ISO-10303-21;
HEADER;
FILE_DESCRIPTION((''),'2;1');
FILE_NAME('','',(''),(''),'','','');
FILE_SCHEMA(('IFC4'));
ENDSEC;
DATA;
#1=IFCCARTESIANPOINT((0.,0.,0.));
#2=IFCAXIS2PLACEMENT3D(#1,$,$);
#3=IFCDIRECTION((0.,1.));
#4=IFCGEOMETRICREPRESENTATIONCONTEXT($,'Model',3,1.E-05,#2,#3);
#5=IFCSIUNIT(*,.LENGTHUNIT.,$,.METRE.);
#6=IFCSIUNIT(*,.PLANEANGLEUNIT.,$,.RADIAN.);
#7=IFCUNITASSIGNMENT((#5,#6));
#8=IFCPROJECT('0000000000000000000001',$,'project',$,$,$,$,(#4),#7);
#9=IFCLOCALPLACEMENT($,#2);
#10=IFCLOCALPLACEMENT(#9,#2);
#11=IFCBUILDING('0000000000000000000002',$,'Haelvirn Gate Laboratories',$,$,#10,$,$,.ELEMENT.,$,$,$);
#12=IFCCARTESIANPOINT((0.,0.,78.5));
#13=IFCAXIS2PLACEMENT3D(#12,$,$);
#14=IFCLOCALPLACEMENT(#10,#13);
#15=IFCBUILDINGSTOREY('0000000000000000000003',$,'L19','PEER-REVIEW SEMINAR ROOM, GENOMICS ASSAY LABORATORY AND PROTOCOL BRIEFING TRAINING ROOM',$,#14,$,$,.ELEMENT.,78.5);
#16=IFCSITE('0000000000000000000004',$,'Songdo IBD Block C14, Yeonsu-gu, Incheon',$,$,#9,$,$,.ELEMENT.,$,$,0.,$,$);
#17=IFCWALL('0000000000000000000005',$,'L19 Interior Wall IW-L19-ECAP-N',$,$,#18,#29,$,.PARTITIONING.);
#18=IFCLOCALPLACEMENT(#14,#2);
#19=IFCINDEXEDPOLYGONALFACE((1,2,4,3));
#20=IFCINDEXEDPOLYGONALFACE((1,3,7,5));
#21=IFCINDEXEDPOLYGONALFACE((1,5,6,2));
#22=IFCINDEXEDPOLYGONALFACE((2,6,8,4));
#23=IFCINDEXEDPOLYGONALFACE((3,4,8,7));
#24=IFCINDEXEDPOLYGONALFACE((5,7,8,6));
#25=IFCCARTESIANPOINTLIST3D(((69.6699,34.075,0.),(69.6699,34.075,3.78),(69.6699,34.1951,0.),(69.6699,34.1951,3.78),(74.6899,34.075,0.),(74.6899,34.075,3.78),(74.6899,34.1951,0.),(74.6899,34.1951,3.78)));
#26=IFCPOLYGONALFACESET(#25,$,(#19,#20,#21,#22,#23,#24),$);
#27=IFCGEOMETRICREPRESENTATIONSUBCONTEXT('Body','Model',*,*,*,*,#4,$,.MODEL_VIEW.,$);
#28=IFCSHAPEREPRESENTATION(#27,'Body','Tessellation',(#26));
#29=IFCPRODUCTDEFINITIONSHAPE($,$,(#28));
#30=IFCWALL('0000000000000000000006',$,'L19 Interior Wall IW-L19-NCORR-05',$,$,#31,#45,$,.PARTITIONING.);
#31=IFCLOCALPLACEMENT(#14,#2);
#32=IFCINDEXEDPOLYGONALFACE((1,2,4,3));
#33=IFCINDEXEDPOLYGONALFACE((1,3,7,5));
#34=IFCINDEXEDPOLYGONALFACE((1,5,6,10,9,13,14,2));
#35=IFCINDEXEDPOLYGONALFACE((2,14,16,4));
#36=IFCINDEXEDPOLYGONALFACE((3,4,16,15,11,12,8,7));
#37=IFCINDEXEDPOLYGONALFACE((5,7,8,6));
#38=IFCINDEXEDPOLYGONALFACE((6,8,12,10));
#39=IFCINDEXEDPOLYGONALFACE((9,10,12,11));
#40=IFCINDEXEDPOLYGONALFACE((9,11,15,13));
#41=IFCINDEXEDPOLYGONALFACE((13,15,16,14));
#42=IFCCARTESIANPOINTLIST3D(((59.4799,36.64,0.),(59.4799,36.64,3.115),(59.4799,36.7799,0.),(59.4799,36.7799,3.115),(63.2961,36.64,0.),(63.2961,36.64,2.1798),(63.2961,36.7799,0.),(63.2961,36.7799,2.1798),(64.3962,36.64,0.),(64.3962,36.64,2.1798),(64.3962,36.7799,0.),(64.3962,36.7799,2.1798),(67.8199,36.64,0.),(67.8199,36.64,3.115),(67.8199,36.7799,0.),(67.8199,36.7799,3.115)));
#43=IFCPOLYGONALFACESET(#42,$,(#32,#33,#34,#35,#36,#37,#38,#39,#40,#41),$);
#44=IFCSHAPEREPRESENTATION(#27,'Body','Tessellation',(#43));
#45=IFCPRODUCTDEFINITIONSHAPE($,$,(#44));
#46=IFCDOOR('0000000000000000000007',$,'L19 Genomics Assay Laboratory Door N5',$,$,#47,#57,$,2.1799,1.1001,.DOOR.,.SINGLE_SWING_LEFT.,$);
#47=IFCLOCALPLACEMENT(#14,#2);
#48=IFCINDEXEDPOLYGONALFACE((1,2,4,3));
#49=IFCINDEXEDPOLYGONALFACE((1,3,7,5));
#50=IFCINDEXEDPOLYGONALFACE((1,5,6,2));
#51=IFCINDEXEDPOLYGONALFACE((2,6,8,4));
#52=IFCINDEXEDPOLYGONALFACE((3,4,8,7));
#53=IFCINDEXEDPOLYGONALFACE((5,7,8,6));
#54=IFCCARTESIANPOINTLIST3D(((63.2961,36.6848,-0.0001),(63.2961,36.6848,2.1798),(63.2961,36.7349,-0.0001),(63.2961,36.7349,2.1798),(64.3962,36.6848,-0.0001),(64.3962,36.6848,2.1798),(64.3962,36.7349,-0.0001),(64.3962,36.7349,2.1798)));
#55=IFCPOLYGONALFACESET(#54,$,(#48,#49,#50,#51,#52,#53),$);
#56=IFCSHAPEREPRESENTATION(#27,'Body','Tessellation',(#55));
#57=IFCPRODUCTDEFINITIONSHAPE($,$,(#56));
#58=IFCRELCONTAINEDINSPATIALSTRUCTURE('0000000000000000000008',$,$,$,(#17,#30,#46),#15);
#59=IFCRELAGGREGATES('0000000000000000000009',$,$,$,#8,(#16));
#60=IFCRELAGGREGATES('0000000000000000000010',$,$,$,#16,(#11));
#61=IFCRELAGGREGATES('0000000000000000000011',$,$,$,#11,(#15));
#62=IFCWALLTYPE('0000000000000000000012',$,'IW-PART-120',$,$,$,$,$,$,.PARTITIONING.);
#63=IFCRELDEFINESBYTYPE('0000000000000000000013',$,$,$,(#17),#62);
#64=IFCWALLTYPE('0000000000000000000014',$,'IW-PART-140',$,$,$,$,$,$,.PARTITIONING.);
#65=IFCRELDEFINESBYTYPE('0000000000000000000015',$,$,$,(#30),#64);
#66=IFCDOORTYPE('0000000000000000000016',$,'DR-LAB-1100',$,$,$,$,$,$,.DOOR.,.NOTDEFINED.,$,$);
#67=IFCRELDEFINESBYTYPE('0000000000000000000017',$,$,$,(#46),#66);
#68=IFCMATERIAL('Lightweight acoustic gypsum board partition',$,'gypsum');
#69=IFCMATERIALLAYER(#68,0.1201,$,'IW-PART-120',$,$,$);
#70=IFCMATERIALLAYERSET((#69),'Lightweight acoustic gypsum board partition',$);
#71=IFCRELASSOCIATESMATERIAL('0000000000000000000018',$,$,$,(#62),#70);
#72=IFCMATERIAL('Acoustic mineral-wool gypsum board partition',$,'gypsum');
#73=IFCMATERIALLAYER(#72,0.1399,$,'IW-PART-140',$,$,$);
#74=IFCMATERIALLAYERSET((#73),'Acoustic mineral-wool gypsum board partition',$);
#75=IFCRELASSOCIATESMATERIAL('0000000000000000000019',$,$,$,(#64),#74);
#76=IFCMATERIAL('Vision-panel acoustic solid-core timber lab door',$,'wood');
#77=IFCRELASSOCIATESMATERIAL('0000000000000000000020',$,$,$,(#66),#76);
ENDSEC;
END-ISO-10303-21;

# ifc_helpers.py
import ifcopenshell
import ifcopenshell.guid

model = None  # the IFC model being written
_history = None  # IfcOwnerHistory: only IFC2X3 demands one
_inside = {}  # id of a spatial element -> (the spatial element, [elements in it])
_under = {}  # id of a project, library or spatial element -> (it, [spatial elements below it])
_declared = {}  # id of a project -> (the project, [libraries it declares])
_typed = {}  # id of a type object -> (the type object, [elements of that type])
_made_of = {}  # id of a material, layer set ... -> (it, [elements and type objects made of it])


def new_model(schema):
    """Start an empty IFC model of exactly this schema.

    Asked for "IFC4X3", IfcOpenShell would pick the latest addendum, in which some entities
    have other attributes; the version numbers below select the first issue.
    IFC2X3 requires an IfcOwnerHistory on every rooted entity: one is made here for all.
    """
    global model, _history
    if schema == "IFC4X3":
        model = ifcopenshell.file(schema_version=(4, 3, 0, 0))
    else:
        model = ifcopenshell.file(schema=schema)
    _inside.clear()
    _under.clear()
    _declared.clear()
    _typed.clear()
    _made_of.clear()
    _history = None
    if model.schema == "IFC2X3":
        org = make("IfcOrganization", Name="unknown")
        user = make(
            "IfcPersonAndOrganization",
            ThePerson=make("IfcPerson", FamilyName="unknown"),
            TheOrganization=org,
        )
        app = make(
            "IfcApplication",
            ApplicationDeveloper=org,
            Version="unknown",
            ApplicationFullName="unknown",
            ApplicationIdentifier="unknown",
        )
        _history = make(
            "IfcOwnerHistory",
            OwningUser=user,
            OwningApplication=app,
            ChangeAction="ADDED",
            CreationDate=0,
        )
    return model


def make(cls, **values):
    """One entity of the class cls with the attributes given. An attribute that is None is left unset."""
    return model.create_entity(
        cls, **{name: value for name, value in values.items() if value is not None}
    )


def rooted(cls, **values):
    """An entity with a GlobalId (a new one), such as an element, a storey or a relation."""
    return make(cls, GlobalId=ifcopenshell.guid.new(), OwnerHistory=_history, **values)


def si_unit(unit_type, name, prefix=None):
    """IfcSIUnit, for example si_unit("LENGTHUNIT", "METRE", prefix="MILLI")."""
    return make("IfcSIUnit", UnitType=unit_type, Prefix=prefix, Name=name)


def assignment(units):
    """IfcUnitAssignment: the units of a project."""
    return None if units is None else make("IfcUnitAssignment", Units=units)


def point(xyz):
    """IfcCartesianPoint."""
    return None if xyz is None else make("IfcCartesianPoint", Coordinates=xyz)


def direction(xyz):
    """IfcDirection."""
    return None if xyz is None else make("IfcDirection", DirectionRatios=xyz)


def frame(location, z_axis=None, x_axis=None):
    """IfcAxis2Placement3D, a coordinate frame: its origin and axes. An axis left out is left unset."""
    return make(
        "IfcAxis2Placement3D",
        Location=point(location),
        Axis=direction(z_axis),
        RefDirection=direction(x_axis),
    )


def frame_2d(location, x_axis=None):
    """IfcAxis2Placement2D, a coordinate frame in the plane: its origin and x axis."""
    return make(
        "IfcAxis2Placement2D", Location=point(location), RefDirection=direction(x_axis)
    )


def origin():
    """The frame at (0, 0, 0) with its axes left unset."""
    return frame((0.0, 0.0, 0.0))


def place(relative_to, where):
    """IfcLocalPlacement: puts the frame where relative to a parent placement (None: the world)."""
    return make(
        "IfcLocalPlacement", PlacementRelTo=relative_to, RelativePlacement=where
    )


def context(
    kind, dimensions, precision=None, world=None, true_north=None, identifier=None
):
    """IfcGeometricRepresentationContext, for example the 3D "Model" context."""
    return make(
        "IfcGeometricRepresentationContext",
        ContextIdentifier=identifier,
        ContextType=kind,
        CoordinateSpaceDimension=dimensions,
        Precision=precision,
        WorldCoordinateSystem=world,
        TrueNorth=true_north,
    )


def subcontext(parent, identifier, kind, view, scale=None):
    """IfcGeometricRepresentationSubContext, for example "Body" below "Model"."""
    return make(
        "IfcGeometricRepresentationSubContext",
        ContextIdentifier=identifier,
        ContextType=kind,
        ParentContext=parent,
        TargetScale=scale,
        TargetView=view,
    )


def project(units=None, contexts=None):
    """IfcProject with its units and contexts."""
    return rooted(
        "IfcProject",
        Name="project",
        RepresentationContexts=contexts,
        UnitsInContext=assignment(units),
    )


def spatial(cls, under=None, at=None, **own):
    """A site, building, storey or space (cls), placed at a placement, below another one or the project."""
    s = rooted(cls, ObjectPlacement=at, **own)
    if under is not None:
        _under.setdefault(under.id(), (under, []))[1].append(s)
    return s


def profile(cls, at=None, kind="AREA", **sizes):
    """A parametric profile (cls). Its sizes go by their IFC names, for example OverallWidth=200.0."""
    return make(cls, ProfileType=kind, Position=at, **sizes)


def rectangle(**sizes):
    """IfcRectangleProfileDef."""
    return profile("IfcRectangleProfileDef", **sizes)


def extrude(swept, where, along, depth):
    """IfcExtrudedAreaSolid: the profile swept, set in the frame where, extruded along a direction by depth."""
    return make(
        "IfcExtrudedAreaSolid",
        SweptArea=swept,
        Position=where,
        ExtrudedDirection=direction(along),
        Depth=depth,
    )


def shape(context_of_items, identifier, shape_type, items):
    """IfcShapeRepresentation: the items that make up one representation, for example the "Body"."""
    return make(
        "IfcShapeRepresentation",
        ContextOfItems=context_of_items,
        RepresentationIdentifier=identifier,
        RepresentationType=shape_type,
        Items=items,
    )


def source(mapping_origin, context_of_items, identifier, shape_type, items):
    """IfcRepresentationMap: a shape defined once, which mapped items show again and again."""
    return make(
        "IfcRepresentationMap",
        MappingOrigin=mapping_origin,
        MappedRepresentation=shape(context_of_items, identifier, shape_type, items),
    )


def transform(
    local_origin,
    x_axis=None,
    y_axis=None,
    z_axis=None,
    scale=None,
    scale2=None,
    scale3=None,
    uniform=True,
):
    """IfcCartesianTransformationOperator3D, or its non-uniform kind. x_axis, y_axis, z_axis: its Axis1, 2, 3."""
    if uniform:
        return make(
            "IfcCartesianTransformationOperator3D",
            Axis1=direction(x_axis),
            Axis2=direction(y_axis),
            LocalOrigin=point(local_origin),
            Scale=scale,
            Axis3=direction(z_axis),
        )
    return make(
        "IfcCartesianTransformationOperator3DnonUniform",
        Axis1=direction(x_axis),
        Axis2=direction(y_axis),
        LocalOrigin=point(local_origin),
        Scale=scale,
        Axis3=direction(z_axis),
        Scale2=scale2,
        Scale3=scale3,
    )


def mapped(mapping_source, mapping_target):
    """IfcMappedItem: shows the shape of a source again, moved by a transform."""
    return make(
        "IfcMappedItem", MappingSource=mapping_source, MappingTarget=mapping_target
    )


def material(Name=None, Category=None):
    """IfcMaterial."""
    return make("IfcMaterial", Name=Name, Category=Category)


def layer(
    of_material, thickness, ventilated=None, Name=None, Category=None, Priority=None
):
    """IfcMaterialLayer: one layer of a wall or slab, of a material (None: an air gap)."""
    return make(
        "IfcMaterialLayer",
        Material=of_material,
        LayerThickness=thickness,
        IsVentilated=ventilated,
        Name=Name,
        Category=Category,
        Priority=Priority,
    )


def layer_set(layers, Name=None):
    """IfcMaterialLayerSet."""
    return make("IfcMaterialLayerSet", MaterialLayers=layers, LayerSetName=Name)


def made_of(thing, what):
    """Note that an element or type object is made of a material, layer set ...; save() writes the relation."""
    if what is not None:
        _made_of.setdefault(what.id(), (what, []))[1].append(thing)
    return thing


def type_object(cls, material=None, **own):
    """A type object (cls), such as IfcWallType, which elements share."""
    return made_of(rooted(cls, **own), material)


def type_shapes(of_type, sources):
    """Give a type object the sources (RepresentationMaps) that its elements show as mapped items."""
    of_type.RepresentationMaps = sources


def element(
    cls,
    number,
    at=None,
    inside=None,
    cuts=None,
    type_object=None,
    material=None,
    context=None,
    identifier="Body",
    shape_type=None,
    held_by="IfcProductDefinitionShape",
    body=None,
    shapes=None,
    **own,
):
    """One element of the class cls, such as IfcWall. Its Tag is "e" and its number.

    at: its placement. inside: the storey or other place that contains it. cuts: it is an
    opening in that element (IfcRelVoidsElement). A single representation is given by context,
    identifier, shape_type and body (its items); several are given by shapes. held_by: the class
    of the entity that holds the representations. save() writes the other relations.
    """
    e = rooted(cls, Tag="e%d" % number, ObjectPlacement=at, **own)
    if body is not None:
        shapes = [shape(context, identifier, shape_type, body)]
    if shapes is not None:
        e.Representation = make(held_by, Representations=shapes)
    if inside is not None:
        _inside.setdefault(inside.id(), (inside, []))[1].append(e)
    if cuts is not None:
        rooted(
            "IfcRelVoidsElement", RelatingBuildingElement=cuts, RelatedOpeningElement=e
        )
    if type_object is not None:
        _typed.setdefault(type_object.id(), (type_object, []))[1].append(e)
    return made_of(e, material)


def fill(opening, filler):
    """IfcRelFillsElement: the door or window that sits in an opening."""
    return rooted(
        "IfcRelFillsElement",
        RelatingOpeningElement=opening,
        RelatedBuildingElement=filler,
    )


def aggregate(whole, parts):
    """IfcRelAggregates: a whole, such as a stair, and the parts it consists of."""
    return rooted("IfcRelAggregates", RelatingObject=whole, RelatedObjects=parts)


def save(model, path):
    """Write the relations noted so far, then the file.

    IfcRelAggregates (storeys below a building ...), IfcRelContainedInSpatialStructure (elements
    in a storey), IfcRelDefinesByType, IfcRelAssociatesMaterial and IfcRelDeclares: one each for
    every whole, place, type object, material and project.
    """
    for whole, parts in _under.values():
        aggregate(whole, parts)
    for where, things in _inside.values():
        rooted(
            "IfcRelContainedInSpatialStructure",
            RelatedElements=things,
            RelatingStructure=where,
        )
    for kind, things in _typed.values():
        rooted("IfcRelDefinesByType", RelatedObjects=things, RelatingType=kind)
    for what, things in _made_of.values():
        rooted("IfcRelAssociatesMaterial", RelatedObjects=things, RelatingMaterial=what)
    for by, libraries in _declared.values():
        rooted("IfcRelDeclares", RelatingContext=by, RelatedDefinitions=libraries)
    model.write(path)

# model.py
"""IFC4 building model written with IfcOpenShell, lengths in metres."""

from ifc_helpers import new_model, si_unit, direction, frame, frame_2d, origin, place, context, subcontext, project, spatial, rectangle, extrude, source, transform, mapped, material, layer, layer_set, type_object, type_shapes, element, fill, save


model = new_model("IFC4")

# Units and contexts
model_context = context("Model", 3, precision=1e-05, world=origin(), true_north=direction((0.0, 1.0)))
body_context = subcontext(model_context, "Body", "Model", "MODEL_VIEW")
ifc_project = project(units=[si_unit("LENGTHUNIT", "METRE"), si_unit("PLANEANGLEUNIT", "RADIAN")], contexts=[model_context])

# Site, building, storey
site_placement = place(None, origin())
site = spatial("IfcSite", under=ifc_project, at=site_placement, Name="Songdo IBD Block C14, Yeonsu-gu, Incheon", CompositionType="ELEMENT", RefElevation=0.0)
building_placement = place(site_placement, origin())
building = spatial("IfcBuilding", under=site, at=building_placement, Name="Haelvirn Gate Laboratories", CompositionType="ELEMENT")
storey_placement = place(building_placement, frame((0.0, 0.0, 78.5)))
storey = spatial("IfcBuildingStorey", under=building, at=storey_placement, Name="L19", Description="PEER-REVIEW SEMINAR ROOM, GENOMICS ASSAY LABORATORY AND PROTOCOL BRIEFING TRAINING ROOM", CompositionType="ELEMENT", Elevation=78.5)

# Wall
ifc_material_1 = material(Name="Lightweight acoustic gypsum board partition", Category="gypsum")
ifc_layer_1 = layer(ifc_material_1, 0.1201, Name="IW-PART-120")
ifc_layer_set_1 = layer_set([ifc_layer_1], Name="Lightweight acoustic gypsum board partition")
wall_type_1 = type_object("IfcWallType", Name="IW-PART-120", PredefinedType="PARTITIONING", material=ifc_layer_set_1)
wall_1_placement = place(storey_placement, frame((69.6699, 34.135, 0.0), z_axis=(0.0, 0.0, 1.0), x_axis=(1.0, 0.0, 0.0)))
element("IfcWall", 1, at=wall_1_placement, inside=storey, type_object=wall_type_1, Name="L19 Interior Wall IW-L19-ECAP-N", PredefinedType="PARTITIONING", context=body_context, shape_type="SweptSolid", body=[
    extrude(rectangle(XDim=5.02, YDim=0.1201, at=frame_2d((2.51, 0.0))), origin(), (0.0, 0.0, 1.0), 3.78),
])

# Wall, opening, door
ifc_material_2 = material(Name="Acoustic mineral-wool gypsum board partition", Category="gypsum")
ifc_layer_2 = layer(ifc_material_2, 0.1399, Name="IW-PART-140")
ifc_layer_set_2 = layer_set([ifc_layer_2], Name="Acoustic mineral-wool gypsum board partition")
wall_type_2 = type_object("IfcWallType", Name="IW-PART-140", PredefinedType="PARTITIONING", material=ifc_layer_set_2)
wall_2_placement = place(storey_placement, frame((59.48, 36.71, 0.0), z_axis=(0.0, 0.0, 1.0), x_axis=(1.0, 0.0, 0.0)))
wall_2 = element("IfcWall", 2, at=wall_2_placement, inside=storey, type_object=wall_type_2, Name="L19 Interior Wall IW-L19-NCORR-05", PredefinedType="PARTITIONING", context=body_context, shape_type="SweptSolid", body=[
    extrude(rectangle(XDim=8.3401, YDim=0.1399, at=frame_2d((4.1699, 0.0))), origin(), (0.0, 0.0, 1.0), 3.115),
])
opening_placement = place(wall_2_placement, frame((3.8162, 0.0, 0.0)))
opening = element("IfcOpeningElement", 3, at=opening_placement, cuts=wall_2, PredefinedType="OPENING", context=body_context, shape_type="SweptSolid", body=[
    extrude(rectangle(XDim=1.1001, YDim=2.1799, at=frame_2d((0.55, 1.0898))), frame((0.0, 0.0801, 0.0), z_axis=(0.0, -1.0, 0.0), x_axis=(1.0, 0.0, 0.0)), (0.0, 0.0, 1.0), 0.1599),
])
ifc_material_3 = material(Name="Vision-panel acoustic solid-core timber lab door", Category="wood")
door_type = type_object("IfcDoorType", Name="DR-LAB-1100", OperationType="NOTDEFINED", PredefinedType="DOOR", material=ifc_material_3)
shared_shape_1 = source(origin(), body_context, "Body", "SweptSolid", [
    extrude(rectangle(XDim=1.1001, YDim=2.1799, at=frame_2d((0.55, 1.0898))), frame((0.0, 0.0249, 0.0), z_axis=(0.0, -1.0, 0.0), x_axis=(1.0, 0.0, 0.0)), (0.0, 0.0, 1.0), 0.05),
])
type_shapes(door_type, [shared_shape_1])
door_placement = place(opening_placement, origin())
door = element("IfcDoor", 4, at=door_placement, inside=storey, type_object=door_type, Name="L19 Genomics Assay Laboratory Door N5", OperationType="SINGLE_SWING_LEFT", OverallHeight=2.1799, OverallWidth=1.1001, PredefinedType="DOOR", context=body_context, shape_type="MappedRepresentation", body=[
    mapped(shared_shape_1, transform((0.0, 0.0, 0.0), scale=1.0)),
])
fill(opening, door)

save(model, "model.ifc")
